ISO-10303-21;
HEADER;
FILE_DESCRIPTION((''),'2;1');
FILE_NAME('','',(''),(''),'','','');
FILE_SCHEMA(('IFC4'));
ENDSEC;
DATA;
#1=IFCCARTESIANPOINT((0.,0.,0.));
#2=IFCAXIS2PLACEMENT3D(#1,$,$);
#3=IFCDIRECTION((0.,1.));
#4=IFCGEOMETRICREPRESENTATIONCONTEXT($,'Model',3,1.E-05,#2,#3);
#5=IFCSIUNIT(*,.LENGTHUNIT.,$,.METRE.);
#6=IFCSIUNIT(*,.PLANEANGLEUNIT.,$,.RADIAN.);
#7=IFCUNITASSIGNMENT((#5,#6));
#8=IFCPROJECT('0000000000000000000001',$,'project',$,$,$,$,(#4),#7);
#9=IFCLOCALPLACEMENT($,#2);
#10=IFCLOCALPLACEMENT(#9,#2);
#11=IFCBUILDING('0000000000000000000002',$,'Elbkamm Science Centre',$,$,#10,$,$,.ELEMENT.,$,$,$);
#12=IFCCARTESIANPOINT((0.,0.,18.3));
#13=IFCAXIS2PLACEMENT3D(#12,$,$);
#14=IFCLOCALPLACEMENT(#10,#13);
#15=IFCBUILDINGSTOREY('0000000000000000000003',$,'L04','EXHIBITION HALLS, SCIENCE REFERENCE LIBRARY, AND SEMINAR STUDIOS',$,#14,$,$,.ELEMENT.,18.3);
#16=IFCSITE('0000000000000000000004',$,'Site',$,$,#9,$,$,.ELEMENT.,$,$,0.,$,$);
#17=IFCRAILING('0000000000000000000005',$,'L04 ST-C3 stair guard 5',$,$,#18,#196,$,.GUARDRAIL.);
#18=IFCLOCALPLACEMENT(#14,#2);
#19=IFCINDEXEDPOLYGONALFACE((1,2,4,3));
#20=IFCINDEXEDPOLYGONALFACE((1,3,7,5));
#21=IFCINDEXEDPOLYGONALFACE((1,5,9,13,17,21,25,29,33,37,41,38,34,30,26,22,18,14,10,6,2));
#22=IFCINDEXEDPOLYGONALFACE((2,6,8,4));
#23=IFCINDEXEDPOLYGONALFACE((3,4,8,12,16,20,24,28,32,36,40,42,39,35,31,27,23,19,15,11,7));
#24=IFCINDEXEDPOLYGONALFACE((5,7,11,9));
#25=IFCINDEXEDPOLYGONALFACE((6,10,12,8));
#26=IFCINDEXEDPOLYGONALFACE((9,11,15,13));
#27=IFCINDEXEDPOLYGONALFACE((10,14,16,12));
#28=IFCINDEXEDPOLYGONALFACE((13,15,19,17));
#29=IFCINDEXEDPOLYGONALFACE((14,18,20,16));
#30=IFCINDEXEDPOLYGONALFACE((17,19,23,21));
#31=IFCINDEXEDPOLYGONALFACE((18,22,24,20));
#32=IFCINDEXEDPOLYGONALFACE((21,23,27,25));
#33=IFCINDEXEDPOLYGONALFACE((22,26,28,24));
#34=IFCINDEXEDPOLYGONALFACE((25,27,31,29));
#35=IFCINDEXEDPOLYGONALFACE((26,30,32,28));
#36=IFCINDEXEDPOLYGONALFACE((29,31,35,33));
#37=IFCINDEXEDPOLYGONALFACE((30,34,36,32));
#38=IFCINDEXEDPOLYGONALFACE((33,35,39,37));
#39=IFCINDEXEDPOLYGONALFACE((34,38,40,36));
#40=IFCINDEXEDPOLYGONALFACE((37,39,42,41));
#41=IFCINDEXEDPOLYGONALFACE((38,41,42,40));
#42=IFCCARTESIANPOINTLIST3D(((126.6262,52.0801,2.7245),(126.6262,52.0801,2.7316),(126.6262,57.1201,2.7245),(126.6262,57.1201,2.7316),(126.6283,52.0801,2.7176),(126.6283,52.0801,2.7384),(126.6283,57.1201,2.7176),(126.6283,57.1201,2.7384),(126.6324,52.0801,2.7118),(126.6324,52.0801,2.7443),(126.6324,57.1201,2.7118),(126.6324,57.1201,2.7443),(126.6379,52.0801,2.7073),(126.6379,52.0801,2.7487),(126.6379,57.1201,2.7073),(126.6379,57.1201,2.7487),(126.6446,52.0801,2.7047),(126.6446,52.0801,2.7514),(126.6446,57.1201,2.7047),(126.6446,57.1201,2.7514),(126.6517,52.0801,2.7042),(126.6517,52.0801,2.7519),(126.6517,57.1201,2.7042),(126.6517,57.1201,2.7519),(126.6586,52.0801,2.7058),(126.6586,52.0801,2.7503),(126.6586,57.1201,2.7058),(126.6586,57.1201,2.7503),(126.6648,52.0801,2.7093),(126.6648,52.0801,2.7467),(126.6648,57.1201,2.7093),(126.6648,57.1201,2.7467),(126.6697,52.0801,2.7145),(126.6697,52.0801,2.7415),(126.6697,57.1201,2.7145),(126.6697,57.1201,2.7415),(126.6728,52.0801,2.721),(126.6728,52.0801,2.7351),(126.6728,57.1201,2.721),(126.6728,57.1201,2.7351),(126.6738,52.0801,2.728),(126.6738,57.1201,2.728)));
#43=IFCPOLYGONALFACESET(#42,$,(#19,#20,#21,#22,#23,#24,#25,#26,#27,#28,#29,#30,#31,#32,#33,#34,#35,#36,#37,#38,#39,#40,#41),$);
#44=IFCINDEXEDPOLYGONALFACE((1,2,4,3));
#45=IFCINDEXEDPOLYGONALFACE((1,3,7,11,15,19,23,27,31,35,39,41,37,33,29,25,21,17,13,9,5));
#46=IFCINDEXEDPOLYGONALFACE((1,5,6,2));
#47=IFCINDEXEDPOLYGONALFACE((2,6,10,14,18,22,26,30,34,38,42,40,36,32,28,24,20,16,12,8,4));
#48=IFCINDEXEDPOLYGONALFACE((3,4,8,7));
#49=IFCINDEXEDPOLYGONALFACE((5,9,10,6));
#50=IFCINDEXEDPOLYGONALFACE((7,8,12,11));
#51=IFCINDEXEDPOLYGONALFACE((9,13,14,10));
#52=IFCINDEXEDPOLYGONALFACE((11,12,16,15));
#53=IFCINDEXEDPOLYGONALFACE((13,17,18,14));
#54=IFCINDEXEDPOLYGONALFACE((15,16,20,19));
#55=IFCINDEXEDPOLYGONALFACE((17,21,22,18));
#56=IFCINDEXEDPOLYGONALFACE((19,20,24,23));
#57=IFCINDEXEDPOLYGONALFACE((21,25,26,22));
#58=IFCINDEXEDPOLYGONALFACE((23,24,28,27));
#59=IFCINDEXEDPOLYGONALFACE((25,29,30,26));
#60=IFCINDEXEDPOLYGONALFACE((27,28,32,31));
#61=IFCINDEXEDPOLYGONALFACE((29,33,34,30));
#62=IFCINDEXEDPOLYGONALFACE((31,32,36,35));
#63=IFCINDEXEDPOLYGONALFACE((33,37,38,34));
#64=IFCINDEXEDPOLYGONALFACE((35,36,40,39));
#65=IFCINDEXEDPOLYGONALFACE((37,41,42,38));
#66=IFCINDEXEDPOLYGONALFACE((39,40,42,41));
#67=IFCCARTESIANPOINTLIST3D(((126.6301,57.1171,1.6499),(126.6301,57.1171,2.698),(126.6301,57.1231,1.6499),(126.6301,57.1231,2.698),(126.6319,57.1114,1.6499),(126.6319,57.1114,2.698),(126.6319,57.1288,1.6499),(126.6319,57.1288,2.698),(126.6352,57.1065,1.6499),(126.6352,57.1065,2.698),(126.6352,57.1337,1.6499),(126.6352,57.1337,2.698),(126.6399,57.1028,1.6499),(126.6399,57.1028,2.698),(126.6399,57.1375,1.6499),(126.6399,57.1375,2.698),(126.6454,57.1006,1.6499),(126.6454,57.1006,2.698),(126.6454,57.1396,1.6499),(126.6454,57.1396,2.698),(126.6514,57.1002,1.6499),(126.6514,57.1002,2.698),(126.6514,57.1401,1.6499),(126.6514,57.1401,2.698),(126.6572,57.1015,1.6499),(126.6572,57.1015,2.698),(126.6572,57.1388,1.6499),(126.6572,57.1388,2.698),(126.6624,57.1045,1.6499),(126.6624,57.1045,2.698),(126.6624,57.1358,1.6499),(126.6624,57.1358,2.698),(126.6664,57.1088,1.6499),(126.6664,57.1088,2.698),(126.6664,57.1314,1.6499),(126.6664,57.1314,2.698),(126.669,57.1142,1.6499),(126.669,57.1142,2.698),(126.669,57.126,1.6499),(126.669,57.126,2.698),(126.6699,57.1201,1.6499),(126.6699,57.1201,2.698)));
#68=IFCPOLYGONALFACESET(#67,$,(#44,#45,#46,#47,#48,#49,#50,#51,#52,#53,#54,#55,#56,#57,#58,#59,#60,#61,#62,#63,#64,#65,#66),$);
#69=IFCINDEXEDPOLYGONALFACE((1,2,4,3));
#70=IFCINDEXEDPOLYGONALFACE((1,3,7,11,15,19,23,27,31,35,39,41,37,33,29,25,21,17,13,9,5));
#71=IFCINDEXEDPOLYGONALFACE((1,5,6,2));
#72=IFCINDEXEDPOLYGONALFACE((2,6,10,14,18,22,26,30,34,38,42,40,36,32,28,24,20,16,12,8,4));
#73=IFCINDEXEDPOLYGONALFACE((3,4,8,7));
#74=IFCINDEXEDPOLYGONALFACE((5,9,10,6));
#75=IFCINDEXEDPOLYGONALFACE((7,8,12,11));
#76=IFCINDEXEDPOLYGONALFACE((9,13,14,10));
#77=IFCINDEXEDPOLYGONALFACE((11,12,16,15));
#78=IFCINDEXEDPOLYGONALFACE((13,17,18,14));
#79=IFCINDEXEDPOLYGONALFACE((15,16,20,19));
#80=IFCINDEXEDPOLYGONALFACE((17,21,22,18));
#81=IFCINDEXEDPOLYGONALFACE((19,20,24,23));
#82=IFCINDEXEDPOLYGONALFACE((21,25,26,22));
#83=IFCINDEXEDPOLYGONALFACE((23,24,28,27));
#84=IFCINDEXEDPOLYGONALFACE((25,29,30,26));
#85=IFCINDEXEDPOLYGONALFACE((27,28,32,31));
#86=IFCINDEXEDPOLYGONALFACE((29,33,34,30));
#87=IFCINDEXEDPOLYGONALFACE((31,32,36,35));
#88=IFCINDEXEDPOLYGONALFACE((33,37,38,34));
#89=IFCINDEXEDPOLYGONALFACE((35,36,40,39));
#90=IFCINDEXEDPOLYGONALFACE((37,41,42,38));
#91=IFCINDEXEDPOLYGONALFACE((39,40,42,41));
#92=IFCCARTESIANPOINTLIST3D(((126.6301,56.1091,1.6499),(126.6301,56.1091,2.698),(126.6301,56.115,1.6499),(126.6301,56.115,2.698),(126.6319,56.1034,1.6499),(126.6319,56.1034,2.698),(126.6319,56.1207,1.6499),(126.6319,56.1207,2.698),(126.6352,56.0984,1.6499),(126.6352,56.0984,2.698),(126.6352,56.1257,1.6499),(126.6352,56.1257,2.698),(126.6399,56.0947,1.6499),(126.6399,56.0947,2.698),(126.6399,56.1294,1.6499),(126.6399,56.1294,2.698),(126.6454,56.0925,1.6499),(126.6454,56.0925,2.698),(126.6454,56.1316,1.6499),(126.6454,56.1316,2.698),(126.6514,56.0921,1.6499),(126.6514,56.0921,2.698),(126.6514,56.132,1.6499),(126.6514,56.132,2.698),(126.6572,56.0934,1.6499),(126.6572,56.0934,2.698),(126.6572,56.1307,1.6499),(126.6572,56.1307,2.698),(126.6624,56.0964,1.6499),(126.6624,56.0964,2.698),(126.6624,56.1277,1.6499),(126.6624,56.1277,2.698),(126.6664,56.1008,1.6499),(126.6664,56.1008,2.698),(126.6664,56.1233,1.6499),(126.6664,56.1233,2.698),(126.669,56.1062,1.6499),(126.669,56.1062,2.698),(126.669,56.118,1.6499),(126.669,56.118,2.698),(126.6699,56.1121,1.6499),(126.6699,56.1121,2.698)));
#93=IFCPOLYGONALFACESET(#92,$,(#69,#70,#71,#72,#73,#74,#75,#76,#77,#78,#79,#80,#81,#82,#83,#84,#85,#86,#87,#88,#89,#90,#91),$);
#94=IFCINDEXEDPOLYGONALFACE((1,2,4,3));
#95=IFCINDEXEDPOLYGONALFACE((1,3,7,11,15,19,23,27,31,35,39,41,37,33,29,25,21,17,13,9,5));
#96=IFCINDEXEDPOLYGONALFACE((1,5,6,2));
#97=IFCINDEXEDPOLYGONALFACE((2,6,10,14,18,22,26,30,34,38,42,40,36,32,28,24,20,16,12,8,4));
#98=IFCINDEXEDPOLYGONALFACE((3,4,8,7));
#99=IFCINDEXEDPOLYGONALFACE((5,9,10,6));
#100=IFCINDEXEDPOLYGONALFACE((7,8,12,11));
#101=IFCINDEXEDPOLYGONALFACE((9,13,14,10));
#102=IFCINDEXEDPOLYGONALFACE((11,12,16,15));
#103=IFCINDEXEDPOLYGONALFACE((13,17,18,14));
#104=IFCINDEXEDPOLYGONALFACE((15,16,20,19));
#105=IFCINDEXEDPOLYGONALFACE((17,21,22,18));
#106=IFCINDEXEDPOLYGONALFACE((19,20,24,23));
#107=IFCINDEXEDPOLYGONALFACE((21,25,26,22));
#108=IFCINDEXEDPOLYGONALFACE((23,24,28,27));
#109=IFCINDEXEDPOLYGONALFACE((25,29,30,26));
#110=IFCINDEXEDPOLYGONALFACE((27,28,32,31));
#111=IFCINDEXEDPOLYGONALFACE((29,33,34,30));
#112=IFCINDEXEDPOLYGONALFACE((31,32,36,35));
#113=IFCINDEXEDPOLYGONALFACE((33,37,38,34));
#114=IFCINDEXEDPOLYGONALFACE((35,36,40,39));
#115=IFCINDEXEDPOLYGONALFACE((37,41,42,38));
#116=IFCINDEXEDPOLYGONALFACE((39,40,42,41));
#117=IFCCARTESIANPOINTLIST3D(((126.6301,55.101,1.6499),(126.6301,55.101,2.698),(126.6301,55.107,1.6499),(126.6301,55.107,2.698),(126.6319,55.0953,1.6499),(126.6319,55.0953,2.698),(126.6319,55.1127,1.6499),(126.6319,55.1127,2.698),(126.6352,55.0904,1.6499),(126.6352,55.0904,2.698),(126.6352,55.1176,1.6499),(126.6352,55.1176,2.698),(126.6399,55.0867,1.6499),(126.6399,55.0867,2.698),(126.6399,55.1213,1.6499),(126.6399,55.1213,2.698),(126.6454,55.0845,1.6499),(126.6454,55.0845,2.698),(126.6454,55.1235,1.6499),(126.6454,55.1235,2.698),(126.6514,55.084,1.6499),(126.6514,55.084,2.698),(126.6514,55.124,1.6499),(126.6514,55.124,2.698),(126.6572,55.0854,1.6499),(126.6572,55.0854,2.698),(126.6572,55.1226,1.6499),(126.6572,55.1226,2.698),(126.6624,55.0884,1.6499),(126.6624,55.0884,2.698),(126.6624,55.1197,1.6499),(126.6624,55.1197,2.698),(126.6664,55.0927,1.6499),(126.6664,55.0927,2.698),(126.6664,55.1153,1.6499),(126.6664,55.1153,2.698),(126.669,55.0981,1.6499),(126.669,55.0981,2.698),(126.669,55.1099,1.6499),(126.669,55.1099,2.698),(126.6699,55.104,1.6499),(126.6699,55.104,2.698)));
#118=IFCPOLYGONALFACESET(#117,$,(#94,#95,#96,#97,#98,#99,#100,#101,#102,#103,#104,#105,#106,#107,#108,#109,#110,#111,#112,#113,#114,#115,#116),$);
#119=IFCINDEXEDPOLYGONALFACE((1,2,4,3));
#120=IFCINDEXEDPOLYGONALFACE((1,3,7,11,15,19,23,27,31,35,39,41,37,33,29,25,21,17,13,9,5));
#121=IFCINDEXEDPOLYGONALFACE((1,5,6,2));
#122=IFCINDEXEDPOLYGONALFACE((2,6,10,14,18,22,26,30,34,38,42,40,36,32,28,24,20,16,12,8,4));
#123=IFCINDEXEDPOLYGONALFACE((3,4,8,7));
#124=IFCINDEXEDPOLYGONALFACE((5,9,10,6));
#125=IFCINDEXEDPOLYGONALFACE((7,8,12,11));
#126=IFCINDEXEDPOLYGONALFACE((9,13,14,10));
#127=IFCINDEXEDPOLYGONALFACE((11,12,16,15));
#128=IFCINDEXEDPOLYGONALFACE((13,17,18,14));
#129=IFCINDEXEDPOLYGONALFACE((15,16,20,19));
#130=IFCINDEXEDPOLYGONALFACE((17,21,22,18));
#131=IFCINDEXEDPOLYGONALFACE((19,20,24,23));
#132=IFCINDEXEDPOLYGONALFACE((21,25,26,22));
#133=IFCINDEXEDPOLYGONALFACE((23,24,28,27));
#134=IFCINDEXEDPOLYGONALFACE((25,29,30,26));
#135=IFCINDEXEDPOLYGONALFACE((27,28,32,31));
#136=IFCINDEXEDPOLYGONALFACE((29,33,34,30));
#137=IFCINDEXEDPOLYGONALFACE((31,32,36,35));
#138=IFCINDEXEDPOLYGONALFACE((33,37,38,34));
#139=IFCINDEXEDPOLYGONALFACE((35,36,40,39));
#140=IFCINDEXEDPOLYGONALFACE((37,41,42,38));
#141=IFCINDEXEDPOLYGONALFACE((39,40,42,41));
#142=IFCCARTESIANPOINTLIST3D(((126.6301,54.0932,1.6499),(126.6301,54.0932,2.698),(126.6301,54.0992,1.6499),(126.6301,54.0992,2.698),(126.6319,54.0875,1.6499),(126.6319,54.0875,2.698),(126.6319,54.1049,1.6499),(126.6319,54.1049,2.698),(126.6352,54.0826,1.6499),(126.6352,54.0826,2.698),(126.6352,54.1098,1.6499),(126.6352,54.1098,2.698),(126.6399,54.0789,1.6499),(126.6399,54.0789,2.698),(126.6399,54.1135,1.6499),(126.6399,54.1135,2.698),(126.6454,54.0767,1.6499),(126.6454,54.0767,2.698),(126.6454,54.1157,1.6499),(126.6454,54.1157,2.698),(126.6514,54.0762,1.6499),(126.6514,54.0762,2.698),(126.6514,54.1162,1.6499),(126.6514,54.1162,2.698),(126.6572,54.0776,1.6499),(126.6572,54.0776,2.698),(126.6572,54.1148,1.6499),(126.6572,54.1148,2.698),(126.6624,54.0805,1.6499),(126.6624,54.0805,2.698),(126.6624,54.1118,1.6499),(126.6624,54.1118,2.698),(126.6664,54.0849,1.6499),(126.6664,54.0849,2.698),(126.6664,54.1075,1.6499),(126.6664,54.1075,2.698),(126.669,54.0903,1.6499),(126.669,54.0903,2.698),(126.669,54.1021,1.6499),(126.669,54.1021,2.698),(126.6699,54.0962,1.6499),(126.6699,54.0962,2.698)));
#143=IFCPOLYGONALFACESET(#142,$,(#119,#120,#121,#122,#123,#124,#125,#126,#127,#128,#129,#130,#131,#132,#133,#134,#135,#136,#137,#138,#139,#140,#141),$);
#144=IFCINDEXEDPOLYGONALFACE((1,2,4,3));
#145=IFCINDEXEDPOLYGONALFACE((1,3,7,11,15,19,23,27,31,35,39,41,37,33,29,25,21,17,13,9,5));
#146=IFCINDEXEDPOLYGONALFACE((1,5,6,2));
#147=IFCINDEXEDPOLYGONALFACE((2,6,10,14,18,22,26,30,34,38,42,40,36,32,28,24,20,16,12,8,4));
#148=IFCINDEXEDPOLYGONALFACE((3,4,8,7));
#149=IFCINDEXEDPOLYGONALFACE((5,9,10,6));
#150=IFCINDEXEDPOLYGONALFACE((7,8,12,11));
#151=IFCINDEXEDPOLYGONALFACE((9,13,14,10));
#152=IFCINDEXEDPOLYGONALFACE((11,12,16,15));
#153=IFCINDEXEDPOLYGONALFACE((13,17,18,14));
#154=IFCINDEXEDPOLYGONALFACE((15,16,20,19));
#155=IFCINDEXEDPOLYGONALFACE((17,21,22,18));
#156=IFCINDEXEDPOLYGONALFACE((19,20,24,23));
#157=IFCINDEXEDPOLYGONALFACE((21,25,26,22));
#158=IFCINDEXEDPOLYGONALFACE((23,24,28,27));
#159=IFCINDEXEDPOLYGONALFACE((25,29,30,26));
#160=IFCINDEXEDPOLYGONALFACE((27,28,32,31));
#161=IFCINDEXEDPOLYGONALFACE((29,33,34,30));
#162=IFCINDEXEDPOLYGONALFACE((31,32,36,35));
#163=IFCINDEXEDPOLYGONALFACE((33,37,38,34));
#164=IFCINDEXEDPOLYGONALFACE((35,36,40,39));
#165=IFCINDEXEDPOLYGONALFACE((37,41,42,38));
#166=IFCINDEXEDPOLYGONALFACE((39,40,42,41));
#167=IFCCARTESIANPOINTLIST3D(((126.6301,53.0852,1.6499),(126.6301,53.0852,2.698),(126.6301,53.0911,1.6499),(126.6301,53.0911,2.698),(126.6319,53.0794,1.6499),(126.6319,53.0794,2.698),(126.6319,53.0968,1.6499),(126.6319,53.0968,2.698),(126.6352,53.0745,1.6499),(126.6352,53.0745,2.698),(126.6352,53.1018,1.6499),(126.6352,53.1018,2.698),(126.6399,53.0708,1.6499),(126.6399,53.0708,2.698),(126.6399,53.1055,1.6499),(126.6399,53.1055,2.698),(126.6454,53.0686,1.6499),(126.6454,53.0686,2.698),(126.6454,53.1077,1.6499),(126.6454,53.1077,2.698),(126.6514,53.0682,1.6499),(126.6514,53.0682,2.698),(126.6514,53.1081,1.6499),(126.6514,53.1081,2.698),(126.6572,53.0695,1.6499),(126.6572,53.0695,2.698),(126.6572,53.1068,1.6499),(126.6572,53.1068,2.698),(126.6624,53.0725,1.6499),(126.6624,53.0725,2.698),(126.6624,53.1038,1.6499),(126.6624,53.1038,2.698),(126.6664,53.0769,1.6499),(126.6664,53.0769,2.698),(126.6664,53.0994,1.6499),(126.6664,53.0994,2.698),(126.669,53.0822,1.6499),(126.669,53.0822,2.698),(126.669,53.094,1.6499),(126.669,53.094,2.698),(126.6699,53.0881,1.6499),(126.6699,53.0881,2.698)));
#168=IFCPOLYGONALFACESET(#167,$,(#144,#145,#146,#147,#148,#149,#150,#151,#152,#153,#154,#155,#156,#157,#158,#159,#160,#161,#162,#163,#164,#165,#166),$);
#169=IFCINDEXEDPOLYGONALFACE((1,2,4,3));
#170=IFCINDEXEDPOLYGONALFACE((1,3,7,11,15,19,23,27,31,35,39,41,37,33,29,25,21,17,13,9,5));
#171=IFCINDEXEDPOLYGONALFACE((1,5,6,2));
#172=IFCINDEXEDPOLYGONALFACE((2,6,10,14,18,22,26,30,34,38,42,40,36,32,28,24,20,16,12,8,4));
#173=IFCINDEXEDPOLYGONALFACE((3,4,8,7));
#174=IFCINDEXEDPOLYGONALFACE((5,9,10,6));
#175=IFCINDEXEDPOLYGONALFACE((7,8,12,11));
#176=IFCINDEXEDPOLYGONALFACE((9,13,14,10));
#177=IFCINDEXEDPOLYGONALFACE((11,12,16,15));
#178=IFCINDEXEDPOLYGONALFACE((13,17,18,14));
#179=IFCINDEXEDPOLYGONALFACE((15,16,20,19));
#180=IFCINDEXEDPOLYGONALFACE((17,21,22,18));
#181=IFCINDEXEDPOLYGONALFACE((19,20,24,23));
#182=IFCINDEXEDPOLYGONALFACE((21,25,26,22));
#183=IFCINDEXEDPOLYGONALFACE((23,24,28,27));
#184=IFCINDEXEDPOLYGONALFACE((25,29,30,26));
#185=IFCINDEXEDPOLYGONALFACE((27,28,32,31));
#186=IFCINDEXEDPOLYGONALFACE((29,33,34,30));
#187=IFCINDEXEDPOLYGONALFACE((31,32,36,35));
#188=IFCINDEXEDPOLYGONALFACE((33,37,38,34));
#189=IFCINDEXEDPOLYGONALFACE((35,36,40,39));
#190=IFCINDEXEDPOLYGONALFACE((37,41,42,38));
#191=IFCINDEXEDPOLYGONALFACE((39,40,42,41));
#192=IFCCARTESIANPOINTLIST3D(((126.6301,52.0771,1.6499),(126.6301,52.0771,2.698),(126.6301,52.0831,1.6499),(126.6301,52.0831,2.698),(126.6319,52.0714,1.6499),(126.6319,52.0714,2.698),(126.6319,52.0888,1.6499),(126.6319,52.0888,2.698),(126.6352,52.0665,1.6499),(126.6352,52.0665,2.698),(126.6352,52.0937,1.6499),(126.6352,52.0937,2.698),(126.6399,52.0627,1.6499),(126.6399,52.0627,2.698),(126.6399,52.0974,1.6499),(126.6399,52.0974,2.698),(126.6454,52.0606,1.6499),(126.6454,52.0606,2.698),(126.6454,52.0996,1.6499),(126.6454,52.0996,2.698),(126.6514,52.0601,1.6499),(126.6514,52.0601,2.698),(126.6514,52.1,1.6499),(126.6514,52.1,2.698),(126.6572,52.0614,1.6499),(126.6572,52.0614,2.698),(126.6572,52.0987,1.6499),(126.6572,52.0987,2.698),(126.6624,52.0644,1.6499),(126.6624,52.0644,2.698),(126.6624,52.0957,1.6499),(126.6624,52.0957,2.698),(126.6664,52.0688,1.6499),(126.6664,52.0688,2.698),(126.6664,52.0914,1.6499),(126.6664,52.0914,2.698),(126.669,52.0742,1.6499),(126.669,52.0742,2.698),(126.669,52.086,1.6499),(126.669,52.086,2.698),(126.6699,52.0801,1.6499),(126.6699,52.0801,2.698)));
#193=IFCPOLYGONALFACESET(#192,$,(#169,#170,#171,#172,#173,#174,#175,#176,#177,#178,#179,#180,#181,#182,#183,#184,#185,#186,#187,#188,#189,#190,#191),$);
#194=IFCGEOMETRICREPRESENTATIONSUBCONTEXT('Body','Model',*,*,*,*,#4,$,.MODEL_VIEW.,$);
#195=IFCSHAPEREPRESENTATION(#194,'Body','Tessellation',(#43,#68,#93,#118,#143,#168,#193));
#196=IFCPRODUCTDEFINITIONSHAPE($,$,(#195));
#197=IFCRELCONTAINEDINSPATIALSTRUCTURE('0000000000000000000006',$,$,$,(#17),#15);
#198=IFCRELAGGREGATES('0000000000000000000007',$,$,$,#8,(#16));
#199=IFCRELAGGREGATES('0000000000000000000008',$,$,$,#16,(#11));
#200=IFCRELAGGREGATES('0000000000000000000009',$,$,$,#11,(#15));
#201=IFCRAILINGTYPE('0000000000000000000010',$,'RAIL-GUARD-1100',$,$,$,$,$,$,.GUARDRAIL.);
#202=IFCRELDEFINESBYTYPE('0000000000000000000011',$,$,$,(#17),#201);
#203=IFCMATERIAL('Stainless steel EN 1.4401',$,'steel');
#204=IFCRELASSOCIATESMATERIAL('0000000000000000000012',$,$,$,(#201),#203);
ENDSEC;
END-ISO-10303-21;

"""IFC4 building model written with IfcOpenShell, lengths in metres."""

from ifc_helpers import new_model, si_unit, direction, frame, origin, origin_2d, place, context, subcontext, project, spatial, circle, extrude, material, type_object, element, save


model = new_model("IFC4")

# Units and contexts
model_context = context("Model", 3, precision=1e-05, world=origin(), true_north=direction((0.0, 1.0)))
body_context = subcontext(model_context, "Body", "Model", "MODEL_VIEW")
ifc_project = project(units=[si_unit("LENGTHUNIT", "METRE"), si_unit("PLANEANGLEUNIT", "RADIAN")], contexts=[model_context])

# Site, building, storey
site_placement = place(None, origin())
site = spatial("IfcSite", under=ifc_project, at=site_placement, Name="Site", CompositionType="ELEMENT", RefElevation=0.0)
building_placement = place(site_placement, origin())
building = spatial("IfcBuilding", under=site, at=building_placement, Name="Elbkamm Science Centre", CompositionType="ELEMENT")
storey_placement = place(building_placement, frame((0.0, 0.0, 18.3)))
storey = spatial("IfcBuildingStorey", under=building, at=storey_placement, Name="L04", Description="EXHIBITION HALLS, SCIENCE REFERENCE LIBRARY, AND SEMINAR STUDIOS", CompositionType="ELEMENT", Elevation=18.3)

# Railing
ifc_material_1 = material(Name="Stainless steel EN 1.4401", Category="steel")
railing_type_1 = type_object("IfcRailingType", Name="RAIL-GUARD-1100", PredefinedType="GUARDRAIL", material=ifc_material_1)
railing_1_placement = place(storey_placement, frame((126.6499, 57.1201, 1.6499)))
element("IfcRailing", 1, at=railing_1_placement, inside=storey, type_object=railing_type_1, Name="L04 ST-C3 stair guard 5", PredefinedType="GUARDRAIL", context=body_context, shape_type="SweptSolid", body=[
    extrude(circle(Radius=0.0239, at=origin_2d()), frame((0.0, 0.0, 1.0781), z_axis=(0.0, -1.0, 0.0), x_axis=(1.0, 0.0, 0.0)), (0.0, 0.0, 1.0), 5.04),
    extrude(circle(Radius=0.02, at=origin_2d()), origin(), (0.0, 0.0, 1.0), 1.0481),
    extrude(circle(Radius=0.02, at=origin_2d()), frame((0.0, -1.0081, 0.0)), (0.0, 0.0, 1.0), 1.0481),
    extrude(circle(Radius=0.02, at=origin_2d()), frame((0.0, -2.0161, 0.0)), (0.0, 0.0, 1.0), 1.0481),
    extrude(circle(Radius=0.02, at=origin_2d()), frame((0.0, -3.0239, 0.0)), (0.0, 0.0, 1.0), 1.0481),
    extrude(circle(Radius=0.02, at=origin_2d()), frame((0.0, -4.032, 0.0)), (0.0, 0.0, 1.0), 1.0481),
    extrude(circle(Radius=0.02, at=origin_2d()), frame((0.0, -5.04, 0.0)), (0.0, 0.0, 1.0), 1.0481),
])

save(model, "model.ifc")
